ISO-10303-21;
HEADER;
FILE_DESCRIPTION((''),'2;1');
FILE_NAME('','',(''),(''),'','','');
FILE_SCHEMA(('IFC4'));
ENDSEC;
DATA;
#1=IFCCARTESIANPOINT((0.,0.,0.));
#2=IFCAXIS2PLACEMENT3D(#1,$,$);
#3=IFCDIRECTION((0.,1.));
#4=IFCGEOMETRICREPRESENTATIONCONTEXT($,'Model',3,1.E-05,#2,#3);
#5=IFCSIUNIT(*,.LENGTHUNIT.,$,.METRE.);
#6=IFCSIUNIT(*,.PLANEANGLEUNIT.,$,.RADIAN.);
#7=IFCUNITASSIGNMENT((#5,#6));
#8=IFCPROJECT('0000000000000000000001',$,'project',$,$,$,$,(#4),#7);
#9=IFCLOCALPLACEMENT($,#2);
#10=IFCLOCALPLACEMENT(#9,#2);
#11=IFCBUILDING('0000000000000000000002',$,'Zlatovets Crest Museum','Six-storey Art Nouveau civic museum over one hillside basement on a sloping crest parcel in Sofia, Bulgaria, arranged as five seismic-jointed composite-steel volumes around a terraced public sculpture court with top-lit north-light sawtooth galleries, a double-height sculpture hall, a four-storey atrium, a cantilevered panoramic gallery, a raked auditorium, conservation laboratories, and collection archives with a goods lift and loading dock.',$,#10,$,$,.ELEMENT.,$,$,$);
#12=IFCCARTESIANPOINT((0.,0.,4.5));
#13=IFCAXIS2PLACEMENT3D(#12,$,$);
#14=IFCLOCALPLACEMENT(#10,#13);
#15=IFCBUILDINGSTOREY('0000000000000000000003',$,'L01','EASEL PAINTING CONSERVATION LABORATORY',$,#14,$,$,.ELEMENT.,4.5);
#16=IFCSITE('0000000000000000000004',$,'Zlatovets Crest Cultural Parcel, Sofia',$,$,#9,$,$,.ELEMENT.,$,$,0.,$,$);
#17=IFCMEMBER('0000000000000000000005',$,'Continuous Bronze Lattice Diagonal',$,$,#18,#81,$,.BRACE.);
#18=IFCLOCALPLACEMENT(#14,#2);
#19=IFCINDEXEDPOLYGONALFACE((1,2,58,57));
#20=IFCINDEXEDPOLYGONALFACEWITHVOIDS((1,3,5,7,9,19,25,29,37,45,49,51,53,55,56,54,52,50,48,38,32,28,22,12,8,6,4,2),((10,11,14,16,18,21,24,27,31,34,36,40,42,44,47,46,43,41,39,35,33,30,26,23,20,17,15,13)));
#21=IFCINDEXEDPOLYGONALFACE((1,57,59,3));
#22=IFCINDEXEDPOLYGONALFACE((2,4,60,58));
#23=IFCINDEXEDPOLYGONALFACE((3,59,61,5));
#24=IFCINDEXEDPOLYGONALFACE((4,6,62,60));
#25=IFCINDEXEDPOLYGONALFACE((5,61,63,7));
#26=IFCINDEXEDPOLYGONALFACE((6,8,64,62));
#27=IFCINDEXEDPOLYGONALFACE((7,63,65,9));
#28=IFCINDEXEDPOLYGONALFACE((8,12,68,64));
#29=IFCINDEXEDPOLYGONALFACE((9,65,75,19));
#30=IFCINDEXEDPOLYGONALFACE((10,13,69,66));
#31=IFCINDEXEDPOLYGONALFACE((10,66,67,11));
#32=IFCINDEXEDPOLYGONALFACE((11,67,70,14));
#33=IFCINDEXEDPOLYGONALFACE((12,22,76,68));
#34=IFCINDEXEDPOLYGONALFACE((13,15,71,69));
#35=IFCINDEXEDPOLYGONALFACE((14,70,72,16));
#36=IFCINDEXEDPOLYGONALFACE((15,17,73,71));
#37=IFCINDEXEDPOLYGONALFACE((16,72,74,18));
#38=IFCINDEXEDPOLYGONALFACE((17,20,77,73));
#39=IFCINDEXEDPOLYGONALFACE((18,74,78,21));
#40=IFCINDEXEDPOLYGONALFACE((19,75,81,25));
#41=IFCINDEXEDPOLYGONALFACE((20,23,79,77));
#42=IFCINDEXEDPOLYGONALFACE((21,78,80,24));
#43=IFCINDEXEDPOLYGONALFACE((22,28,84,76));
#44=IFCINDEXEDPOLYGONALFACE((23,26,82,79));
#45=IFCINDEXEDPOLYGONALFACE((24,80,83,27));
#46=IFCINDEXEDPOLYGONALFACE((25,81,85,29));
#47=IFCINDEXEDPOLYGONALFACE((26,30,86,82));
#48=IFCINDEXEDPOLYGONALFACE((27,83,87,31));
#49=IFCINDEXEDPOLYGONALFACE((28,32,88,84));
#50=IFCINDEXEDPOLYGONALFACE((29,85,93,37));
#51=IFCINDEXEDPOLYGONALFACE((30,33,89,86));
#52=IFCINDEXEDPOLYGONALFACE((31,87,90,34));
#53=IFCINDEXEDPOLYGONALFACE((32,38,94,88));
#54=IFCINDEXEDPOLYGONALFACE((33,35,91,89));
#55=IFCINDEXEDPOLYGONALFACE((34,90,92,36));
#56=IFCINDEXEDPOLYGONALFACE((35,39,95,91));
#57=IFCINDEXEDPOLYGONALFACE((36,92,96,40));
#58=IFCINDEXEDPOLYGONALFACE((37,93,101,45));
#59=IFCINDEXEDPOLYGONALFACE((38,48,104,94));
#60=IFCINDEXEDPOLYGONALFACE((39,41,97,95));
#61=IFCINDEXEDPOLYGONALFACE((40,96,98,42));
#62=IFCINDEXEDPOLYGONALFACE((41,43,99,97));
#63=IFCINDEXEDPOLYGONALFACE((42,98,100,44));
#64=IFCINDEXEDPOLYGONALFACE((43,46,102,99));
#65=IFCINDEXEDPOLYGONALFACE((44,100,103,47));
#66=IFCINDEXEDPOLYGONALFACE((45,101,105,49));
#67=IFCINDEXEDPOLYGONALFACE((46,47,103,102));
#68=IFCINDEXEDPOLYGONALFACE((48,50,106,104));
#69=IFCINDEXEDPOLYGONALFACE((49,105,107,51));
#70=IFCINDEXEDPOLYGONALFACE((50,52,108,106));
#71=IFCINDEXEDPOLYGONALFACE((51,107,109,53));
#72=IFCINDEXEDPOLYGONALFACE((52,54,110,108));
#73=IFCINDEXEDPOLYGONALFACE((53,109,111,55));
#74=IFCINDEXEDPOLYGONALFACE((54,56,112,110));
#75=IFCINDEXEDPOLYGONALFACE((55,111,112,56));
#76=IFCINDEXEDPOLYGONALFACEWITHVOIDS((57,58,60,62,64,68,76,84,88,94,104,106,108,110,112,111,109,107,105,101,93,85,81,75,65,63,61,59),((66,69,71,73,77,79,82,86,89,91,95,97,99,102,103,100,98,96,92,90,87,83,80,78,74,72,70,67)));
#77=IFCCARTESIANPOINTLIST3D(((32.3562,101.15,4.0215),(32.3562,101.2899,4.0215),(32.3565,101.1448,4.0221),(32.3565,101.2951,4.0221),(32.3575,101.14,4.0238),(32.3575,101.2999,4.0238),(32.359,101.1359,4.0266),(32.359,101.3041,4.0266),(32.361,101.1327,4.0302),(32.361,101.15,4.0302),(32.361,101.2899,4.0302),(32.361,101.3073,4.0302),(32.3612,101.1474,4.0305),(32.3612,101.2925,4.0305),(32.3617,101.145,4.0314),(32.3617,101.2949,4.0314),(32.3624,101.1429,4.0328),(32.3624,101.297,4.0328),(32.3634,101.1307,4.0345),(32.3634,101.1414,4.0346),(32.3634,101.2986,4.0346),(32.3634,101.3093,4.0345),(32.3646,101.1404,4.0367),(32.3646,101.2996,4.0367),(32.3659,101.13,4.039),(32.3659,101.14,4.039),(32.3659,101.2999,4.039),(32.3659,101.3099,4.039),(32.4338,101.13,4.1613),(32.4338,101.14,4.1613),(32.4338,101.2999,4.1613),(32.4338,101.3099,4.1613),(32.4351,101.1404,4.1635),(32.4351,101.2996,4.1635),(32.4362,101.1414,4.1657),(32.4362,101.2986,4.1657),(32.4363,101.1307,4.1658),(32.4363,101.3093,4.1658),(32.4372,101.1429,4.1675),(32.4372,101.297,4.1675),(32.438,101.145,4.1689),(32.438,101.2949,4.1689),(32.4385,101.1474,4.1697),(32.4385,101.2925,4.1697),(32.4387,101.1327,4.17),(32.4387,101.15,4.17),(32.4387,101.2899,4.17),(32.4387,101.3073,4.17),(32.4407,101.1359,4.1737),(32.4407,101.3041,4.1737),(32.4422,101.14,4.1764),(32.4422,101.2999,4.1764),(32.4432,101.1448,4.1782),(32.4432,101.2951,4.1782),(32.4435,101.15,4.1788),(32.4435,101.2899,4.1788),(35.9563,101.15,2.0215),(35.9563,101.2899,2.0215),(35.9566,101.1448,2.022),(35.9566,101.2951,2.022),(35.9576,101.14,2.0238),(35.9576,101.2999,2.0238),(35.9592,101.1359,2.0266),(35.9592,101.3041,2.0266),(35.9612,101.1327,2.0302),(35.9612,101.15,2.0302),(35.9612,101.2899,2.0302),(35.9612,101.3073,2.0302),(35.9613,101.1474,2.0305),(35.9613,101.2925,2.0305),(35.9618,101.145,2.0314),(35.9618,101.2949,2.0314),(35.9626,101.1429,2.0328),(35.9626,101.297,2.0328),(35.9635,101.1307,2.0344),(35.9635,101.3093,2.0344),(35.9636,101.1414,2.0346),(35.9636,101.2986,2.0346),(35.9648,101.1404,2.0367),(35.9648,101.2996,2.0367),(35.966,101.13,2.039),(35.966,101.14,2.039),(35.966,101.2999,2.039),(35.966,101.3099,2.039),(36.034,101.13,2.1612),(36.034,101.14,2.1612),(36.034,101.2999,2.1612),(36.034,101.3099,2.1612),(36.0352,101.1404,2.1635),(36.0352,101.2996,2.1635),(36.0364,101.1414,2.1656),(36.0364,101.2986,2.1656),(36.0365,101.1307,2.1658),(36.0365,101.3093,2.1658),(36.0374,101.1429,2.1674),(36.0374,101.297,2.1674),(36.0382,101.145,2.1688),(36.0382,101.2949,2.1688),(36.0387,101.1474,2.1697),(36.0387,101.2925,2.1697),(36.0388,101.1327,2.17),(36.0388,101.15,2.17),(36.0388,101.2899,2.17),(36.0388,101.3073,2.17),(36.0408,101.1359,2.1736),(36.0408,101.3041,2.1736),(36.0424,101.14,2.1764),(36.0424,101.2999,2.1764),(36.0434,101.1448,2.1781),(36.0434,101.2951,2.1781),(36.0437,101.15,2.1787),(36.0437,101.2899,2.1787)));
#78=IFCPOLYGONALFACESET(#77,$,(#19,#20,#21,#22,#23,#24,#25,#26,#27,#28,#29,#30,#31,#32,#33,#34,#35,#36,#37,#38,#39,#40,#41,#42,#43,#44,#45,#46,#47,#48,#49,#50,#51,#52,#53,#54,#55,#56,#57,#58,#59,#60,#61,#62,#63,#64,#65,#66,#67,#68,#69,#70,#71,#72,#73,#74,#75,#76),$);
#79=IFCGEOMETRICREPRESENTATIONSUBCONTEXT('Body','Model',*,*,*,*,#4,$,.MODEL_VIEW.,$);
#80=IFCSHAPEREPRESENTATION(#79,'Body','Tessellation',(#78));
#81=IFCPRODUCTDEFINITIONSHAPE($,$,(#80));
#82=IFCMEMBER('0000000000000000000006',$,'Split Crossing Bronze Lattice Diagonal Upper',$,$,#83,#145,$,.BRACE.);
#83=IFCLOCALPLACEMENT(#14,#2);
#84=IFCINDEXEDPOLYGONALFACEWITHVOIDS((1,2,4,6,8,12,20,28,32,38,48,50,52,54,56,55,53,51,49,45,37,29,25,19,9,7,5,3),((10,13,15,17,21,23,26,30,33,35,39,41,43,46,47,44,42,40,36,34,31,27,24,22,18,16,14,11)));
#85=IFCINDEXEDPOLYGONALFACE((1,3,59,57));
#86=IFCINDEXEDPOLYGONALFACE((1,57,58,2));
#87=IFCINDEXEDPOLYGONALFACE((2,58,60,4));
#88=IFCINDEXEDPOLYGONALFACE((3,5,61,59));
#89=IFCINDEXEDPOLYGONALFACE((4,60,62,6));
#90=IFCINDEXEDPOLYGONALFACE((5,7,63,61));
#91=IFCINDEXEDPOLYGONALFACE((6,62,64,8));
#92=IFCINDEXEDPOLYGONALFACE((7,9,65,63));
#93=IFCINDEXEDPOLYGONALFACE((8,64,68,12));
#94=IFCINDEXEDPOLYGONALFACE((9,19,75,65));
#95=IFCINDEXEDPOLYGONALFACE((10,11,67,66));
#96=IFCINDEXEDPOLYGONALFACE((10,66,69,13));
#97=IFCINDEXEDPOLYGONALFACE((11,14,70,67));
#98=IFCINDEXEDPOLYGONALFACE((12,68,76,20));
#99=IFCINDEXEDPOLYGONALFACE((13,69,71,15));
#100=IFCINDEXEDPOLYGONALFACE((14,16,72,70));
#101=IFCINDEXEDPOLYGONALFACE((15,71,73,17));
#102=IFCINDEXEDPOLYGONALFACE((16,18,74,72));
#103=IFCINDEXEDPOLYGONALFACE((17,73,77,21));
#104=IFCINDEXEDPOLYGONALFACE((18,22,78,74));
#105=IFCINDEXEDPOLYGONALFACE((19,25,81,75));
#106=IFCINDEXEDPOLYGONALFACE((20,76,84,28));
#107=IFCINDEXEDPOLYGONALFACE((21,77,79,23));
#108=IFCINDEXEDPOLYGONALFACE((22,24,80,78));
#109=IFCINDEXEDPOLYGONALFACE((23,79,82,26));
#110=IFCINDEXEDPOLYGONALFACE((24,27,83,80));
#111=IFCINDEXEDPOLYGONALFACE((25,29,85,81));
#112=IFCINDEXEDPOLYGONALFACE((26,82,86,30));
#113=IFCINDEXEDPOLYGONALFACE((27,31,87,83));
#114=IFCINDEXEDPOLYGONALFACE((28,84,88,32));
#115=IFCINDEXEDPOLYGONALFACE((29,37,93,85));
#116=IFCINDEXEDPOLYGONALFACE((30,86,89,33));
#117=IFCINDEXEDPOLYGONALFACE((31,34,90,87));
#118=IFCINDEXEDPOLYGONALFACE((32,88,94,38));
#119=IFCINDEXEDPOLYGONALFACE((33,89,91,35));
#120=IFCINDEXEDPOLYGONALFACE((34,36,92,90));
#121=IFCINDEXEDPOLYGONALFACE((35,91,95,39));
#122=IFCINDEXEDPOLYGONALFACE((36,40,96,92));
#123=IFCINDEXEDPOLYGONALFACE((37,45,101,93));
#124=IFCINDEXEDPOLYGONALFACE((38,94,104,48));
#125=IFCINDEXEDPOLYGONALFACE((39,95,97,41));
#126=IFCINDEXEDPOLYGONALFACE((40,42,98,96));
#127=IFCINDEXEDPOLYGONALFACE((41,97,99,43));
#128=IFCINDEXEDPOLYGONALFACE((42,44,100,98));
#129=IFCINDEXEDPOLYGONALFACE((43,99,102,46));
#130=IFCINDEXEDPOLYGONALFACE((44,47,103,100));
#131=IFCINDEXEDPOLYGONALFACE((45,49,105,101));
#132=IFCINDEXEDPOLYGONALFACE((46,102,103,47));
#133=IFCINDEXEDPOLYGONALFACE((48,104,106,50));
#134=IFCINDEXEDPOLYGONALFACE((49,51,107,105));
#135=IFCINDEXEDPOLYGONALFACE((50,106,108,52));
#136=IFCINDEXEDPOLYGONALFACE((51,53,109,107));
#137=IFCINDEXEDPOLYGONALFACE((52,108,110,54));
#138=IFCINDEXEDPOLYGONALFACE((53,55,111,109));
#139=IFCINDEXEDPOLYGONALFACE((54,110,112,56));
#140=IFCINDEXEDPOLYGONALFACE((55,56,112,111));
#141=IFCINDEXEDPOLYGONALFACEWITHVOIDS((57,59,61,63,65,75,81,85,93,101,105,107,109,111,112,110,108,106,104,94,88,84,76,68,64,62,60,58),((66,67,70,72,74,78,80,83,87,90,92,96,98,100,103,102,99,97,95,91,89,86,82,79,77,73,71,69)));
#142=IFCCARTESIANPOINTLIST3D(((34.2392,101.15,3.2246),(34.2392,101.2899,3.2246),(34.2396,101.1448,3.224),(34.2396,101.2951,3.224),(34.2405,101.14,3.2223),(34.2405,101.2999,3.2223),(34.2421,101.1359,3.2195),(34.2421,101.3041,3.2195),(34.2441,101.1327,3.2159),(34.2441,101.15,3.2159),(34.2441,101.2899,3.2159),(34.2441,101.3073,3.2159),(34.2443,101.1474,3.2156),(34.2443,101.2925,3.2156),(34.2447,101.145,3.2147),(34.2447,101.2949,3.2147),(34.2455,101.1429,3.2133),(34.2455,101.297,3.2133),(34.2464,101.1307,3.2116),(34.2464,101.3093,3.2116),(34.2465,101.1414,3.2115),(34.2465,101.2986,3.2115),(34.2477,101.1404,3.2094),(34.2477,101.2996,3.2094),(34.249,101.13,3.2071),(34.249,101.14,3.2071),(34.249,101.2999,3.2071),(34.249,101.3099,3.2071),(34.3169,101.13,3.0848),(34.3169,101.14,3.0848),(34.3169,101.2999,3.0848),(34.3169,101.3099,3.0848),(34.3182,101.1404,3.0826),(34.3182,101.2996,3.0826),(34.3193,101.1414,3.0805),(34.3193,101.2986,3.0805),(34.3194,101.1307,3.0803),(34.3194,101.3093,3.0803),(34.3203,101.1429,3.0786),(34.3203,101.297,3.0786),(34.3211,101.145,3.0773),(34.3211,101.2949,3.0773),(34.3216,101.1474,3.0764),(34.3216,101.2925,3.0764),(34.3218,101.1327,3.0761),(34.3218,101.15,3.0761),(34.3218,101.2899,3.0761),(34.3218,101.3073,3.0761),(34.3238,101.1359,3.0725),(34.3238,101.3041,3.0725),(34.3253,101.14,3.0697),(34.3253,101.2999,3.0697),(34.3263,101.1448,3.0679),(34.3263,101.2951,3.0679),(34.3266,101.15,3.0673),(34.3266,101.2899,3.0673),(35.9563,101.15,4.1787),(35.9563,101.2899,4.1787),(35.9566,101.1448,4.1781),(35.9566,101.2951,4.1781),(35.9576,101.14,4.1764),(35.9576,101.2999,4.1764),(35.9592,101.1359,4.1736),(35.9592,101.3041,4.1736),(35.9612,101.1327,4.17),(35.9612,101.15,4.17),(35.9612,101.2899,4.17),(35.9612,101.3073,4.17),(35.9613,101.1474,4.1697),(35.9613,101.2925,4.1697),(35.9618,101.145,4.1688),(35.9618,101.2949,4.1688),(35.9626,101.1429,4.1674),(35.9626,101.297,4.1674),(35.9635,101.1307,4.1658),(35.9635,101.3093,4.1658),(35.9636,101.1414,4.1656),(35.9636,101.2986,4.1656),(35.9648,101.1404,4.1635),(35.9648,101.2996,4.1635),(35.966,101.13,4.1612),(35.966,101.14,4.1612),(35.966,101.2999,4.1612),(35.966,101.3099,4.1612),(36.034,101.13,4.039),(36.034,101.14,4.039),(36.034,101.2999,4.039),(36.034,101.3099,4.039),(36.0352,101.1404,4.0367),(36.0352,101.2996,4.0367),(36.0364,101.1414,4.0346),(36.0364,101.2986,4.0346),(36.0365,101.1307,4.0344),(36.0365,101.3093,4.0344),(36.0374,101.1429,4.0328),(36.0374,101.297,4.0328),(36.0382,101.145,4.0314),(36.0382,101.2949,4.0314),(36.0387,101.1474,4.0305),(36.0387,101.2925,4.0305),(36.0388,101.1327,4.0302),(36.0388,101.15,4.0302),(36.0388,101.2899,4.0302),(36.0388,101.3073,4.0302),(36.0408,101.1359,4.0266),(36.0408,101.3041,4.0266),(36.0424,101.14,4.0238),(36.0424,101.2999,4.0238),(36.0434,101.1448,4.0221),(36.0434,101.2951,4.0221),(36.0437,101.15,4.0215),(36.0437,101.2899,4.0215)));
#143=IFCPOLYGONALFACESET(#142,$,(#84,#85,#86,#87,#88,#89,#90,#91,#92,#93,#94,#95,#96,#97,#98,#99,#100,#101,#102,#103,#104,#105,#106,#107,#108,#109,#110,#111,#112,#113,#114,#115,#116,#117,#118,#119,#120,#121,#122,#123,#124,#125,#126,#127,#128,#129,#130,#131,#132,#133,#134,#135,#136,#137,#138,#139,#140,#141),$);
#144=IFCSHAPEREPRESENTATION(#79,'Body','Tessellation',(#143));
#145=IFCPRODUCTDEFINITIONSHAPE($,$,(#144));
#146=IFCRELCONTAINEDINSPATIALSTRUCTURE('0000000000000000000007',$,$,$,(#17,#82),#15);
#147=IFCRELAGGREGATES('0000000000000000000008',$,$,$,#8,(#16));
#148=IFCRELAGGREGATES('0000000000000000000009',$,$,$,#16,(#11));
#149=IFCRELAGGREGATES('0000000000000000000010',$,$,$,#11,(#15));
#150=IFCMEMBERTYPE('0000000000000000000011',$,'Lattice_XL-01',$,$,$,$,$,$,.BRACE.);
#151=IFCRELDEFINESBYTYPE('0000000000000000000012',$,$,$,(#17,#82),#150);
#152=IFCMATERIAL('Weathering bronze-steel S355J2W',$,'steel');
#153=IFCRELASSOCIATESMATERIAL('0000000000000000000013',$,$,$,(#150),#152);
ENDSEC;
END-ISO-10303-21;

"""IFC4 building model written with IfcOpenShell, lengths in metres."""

from ifc_helpers import new_model, si_unit, direction, frame, origin, origin_2d, place, context, subcontext, project, spatial, hollow_rectangle, extrude, material, material_profile, profile_set, type_object, element, save


model = new_model("IFC4")

# Units and contexts
model_context = context("Model", 3, precision=1e-05, world=origin(), true_north=direction((0.0, 1.0)))
body_context = subcontext(model_context, "Body", "Model", "MODEL_VIEW")
ifc_project = project(units=[si_unit("LENGTHUNIT", "METRE"), si_unit("PLANEANGLEUNIT", "RADIAN")], contexts=[model_context])

# Site, building, storey
site_placement = place(None, origin())
site = spatial("IfcSite", under=ifc_project, at=site_placement, Name="Zlatovets Crest Cultural Parcel, Sofia", CompositionType="ELEMENT", RefElevation=0.0)
building_placement = place(site_placement, origin())
building = spatial("IfcBuilding", under=site, at=building_placement, Name="Zlatovets Crest Museum", Description="Six-storey Art Nouveau civic museum over one hillside basement on a sloping crest parcel in Sofia, Bulgaria, arranged as five seismic-jointed composite-steel volumes around a terraced public sculpture court with top-lit north-light sawtooth galleries, a double-height sculpture hall, a four-storey atrium, a cantilevered panoramic gallery, a raked auditorium, conservation laboratories, and collection archives with a goods lift and loading dock.", CompositionType="ELEMENT")
storey_placement = place(building_placement, frame((0.0, 0.0, 4.5)))
storey = spatial("IfcBuildingStorey", under=building, at=storey_placement, Name="L01", Description="EASEL PAINTING CONSERVATION LABORATORY", CompositionType="ELEMENT", Elevation=4.5)

# Members
ifc_material_1 = material(Name="Weathering bronze-steel S355J2W", Category="steel")
ifc_material_profile_1 = material_profile(ifc_material_1, hollow_rectangle(XDim=0.1799, YDim=0.1799, WallThickness=0.01, InnerFilletRadius=0.01, OuterFilletRadius=0.02, at=origin_2d()), Name="SHS 180x180x10.0")
ifc_profile_set_1 = profile_set([ifc_material_profile_1], Name="Weathering bronze-steel S355J2W")
member_type_1 = type_object("IfcMemberType", Name="Lattice_XL-01", PredefinedType="BRACE", material=ifc_profile_set_1)
member_1_placement = place(storey_placement, frame((36.0, 101.22, 2.1001), z_axis=(-0.874163, 0.0, 0.485633), x_axis=(0.0, -1.0, 0.0)))
element("IfcMember", 1, at=member_1_placement, inside=storey, type_object=member_type_1, Name="Continuous Bronze Lattice Diagonal", PredefinedType="BRACE", context=body_context, shape_type="SweptSolid", body=[
    extrude(hollow_rectangle(XDim=0.1799, YDim=0.1799, WallThickness=0.01, InnerFilletRadius=0.01, OuterFilletRadius=0.02, at=origin_2d()), origin(), (0.0, 0.0, 1.0), 4.1184),
])
member_2_placement = place(storey_placement, frame((36.0, 101.22, 4.1001), z_axis=(-0.874116, 0.0, -0.485717), x_axis=(0.0, -1.0, 0.0)))
element("IfcMember", 2, at=member_2_placement, inside=storey, type_object=member_type_1, Name="Split Crossing Bronze Lattice Diagonal Upper", PredefinedType="BRACE", context=body_context, shape_type="SweptSolid", body=[
    extrude(hollow_rectangle(XDim=0.1799, YDim=0.1799, WallThickness=0.01, InnerFilletRadius=0.01, OuterFilletRadius=0.02, at=origin_2d()), origin(), (0.0, 0.0, 1.0), 1.9644),
])

save(model, "model.ifc")
